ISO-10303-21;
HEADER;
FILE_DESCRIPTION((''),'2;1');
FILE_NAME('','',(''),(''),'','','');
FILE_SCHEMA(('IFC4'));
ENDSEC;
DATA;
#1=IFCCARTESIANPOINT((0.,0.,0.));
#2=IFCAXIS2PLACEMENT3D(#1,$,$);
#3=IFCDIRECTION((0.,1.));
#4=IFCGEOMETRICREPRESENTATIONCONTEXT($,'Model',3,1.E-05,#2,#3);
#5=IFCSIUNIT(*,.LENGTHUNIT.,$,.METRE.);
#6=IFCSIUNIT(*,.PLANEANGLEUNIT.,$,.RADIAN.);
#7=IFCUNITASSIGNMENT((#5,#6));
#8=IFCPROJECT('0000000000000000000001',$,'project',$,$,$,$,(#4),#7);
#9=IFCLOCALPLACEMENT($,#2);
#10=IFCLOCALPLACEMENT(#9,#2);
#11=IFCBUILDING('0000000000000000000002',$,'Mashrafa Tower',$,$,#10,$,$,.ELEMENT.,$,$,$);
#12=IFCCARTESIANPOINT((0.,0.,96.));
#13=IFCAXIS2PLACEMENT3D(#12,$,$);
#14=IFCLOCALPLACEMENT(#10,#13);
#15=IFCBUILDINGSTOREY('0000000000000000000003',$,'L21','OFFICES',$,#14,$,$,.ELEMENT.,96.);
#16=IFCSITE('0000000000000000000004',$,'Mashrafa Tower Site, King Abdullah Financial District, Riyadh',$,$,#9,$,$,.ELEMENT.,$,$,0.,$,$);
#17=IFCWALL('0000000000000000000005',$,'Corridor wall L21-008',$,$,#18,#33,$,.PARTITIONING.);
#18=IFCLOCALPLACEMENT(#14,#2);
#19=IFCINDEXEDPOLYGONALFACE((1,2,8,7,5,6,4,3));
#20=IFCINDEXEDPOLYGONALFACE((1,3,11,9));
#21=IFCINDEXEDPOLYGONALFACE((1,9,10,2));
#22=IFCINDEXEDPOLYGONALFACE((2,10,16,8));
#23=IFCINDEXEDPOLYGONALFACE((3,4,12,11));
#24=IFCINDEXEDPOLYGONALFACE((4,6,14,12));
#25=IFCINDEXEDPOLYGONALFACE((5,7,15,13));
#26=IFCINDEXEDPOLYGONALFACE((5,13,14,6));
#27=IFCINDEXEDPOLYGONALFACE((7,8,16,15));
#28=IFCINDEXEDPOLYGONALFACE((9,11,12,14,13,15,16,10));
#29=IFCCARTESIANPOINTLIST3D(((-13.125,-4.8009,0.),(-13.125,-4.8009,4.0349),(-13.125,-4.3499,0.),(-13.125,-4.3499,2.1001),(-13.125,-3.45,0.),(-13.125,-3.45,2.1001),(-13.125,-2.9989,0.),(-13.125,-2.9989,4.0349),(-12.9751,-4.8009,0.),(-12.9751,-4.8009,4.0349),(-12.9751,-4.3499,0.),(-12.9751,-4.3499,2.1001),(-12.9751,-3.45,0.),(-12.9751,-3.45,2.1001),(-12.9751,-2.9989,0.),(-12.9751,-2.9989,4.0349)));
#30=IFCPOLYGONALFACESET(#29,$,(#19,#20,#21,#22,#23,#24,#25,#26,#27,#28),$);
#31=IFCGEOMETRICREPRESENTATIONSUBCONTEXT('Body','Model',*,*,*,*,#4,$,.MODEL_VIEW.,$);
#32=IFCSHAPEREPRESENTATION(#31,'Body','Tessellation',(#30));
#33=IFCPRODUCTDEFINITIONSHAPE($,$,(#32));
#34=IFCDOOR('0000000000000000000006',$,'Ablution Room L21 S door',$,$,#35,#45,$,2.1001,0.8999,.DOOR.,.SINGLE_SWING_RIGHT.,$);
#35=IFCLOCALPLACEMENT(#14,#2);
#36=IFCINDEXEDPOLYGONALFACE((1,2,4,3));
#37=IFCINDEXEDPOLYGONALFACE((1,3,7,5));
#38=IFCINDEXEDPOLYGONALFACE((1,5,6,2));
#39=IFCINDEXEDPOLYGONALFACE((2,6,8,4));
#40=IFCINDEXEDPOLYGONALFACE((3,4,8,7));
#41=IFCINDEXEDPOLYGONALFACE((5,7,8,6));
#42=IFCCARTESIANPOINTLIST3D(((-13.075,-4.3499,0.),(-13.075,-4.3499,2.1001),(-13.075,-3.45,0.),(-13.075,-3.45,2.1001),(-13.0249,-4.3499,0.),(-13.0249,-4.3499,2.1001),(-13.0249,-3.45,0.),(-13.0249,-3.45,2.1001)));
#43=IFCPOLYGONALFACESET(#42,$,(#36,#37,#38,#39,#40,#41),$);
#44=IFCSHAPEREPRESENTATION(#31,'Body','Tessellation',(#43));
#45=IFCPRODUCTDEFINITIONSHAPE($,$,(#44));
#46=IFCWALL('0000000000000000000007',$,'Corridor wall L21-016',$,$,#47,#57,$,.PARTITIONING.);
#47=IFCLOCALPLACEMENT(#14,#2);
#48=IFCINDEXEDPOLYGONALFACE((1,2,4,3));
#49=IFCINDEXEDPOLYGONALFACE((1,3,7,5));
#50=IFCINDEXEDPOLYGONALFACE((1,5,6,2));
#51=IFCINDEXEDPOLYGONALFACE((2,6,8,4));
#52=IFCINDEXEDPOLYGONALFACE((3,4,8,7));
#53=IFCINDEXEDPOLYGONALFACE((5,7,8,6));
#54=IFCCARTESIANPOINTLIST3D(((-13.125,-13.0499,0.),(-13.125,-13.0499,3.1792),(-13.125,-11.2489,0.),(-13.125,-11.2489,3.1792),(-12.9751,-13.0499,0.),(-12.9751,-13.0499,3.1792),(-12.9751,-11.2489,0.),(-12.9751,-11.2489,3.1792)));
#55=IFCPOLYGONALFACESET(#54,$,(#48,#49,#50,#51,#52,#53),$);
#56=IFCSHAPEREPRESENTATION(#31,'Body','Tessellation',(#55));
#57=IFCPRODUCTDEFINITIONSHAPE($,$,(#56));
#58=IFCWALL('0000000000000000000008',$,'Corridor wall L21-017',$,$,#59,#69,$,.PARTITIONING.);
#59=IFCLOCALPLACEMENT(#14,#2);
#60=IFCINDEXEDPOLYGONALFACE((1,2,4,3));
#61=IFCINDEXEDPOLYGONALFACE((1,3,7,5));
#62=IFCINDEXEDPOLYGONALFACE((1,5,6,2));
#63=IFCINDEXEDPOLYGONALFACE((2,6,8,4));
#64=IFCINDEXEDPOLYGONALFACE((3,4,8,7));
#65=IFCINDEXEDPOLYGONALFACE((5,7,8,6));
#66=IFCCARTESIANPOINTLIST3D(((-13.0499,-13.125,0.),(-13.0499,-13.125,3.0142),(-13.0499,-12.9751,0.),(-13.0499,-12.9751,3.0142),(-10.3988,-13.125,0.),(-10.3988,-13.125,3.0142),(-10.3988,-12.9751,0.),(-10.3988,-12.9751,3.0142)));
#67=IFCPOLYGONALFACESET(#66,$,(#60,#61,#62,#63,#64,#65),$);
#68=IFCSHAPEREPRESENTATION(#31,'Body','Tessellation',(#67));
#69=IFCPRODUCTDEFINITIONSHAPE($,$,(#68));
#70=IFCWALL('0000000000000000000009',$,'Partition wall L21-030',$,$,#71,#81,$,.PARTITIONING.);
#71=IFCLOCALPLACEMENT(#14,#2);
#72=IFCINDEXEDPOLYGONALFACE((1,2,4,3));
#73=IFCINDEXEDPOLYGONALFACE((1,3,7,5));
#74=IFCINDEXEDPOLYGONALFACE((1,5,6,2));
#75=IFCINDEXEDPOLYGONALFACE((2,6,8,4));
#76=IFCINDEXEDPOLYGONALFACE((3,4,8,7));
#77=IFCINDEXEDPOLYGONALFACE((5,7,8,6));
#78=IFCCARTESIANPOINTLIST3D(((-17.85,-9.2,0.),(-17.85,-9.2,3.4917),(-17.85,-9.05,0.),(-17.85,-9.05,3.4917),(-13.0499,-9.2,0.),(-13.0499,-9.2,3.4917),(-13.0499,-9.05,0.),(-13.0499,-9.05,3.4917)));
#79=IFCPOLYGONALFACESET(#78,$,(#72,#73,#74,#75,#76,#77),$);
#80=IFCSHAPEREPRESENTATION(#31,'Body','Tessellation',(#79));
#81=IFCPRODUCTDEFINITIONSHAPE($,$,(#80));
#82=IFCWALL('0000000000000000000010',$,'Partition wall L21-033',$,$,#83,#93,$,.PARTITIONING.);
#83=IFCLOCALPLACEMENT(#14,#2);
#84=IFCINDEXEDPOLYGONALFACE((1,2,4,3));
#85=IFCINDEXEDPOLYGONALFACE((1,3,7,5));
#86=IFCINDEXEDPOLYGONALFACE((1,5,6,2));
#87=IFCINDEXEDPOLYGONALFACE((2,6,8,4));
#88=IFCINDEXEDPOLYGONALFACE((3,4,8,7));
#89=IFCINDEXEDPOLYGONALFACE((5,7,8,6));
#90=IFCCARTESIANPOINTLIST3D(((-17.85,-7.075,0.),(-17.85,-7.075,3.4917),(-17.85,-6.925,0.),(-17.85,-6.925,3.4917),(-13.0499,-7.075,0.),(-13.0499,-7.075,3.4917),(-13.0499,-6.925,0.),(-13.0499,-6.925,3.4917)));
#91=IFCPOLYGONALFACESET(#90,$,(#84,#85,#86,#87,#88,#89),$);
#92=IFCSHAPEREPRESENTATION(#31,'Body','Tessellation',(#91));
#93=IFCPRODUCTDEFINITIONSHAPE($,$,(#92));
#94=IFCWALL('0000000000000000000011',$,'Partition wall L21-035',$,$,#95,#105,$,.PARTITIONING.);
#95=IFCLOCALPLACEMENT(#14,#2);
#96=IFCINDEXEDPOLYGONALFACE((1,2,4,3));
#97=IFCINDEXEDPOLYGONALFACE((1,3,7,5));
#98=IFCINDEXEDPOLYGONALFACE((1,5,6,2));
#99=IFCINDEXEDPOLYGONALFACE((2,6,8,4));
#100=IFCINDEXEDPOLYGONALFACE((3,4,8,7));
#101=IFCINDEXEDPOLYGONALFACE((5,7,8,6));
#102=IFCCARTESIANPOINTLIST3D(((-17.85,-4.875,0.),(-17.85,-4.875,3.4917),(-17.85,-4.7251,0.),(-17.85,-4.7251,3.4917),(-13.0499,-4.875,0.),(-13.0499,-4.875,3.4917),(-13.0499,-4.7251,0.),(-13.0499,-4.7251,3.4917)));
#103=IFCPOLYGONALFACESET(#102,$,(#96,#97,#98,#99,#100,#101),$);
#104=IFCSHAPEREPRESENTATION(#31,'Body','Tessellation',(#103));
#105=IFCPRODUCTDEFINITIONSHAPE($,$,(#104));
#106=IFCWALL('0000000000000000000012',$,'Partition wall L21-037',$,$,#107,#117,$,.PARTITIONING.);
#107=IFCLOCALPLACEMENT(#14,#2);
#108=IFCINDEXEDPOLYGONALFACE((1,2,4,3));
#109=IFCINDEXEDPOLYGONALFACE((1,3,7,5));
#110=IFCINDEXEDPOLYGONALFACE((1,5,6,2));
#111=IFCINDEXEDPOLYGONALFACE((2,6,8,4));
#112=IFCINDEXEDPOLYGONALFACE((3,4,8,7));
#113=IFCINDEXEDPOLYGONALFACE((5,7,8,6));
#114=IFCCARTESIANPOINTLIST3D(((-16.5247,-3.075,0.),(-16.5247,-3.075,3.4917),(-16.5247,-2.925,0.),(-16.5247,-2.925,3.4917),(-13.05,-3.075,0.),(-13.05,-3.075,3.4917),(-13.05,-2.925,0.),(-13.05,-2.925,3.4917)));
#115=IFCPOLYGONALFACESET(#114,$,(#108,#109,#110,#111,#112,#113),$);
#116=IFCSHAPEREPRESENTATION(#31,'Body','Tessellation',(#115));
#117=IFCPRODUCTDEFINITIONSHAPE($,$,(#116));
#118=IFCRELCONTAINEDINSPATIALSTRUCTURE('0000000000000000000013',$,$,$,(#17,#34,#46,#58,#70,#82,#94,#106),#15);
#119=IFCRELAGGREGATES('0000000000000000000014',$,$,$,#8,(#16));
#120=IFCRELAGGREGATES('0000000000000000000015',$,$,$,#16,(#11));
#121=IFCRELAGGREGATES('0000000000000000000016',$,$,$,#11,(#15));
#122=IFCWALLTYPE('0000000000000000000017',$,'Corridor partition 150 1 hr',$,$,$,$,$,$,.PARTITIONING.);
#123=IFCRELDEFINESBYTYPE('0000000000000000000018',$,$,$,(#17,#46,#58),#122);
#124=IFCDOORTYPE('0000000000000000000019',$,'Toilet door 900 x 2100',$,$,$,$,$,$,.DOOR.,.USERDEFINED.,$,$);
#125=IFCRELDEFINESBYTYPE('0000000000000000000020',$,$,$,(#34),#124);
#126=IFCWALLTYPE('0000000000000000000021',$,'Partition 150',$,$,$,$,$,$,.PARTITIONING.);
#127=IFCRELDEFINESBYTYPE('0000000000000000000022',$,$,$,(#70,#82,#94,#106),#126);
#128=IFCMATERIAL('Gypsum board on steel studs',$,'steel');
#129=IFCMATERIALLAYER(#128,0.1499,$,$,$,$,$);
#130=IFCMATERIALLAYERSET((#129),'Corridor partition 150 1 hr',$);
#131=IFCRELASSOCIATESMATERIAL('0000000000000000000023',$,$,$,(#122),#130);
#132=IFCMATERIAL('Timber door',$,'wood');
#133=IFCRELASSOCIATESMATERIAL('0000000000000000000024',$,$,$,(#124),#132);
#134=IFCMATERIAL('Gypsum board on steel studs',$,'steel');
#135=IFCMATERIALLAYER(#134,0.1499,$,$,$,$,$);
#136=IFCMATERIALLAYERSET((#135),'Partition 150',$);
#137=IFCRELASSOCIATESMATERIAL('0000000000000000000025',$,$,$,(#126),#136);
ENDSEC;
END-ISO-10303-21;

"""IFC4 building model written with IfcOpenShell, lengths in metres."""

from ifc_helpers import new_model, si_unit, direction, frame, frame_2d, origin, place, context, subcontext, project, spatial, rectangle, extrude, material, layer, layer_set, type_object, element, fill, save


model = new_model("IFC4")

# Units and contexts
model_context = context("Model", 3, precision=1e-05, world=origin(), true_north=direction((0.0, 1.0)))
body_context = subcontext(model_context, "Body", "Model", "MODEL_VIEW")
ifc_project = project(units=[si_unit("LENGTHUNIT", "METRE"), si_unit("PLANEANGLEUNIT", "RADIAN")], contexts=[model_context])

# Site, building, storey
site_placement = place(None, origin())
site = spatial("IfcSite", under=ifc_project, at=site_placement, Name="Mashrafa Tower Site, King Abdullah Financial District, Riyadh", CompositionType="ELEMENT", RefElevation=0.0)
building_placement = place(site_placement, origin())
building = spatial("IfcBuilding", under=site, at=building_placement, Name="Mashrafa Tower", CompositionType="ELEMENT")
storey_placement = place(building_placement, frame((0.0, 0.0, 96.0)))
storey = spatial("IfcBuildingStorey", under=building, at=storey_placement, Name="L21", Description="OFFICES", CompositionType="ELEMENT", Elevation=96.0)

# Wall, opening, door
ifc_material_1 = material(Name="Gypsum board on steel studs", Category="steel")
ifc_layer_1 = layer(ifc_material_1, 0.1499)
ifc_layer_set_1 = layer_set([ifc_layer_1], Name="Corridor partition 150 1 hr")
wall_type_1 = type_object("IfcWallType", Name="Corridor partition 150 1 hr", PredefinedType="PARTITIONING", material=ifc_layer_set_1)
ifc_material_2 = material(Name="Timber door", Category="wood")
door_type_1 = type_object("IfcDoorType", Name="Toilet door 900 x 2100", OperationType="USERDEFINED", PredefinedType="DOOR", material=ifc_material_2)
wall_1_placement = place(storey_placement, frame((-13.05, -2.999, 0.0), z_axis=(0.0, 0.0, 1.0), x_axis=(0.0, -1.0, 0.0)))
wall_1 = element("IfcWall", 1, at=wall_1_placement, inside=storey, type_object=wall_type_1, Name="Corridor wall L21-008", PredefinedType="PARTITIONING", context=body_context, shape_type="SweptSolid", body=[
    extrude(rectangle(XDim=1.802, YDim=0.1499, at=frame_2d((0.9009, 0.0))), origin(), (0.0, 0.0, 1.0), 4.0349),
])
opening_1_placement = place(wall_1_placement, frame((0.4509, 0.0, 0.0)))
opening_1 = element("IfcOpeningElement", 2, at=opening_1_placement, cuts=wall_1, PredefinedType="OPENING", context=body_context, shape_type="SweptSolid", body=[
    extrude(rectangle(XDim=0.8999, YDim=2.1001, at=frame_2d((0.45, 1.05))), frame((0.0, 0.085, 0.0), z_axis=(0.0, -1.0, 0.0), x_axis=(1.0, 0.0, 0.0)), (0.0, 0.0, 1.0), 0.1699),
])
door_1_placement = place(opening_1_placement, frame((0.8999, 0.0, 0.0), z_axis=(0.0, 0.0, 1.0), x_axis=(-1.0, 0.0, 0.0)))
door_1 = element("IfcDoor", 3, at=door_1_placement, inside=storey, type_object=door_type_1, Name="Ablution Room L21 S door", OperationType="SINGLE_SWING_RIGHT", OverallHeight=2.1001, OverallWidth=0.8999, PredefinedType="DOOR", context=body_context, shape_type="SweptSolid", body=[
    extrude(rectangle(XDim=0.8999, YDim=2.1001, at=frame_2d((0.45, 1.05))), frame((0.0, 0.0249, 0.0), z_axis=(0.0, -1.0, 0.0), x_axis=(1.0, 0.0, 0.0)), (0.0, 0.0, 1.0), 0.05),
])
fill(opening_1, door_1)

# Walls
wall_2_placement = place(storey_placement, frame((-13.05, -11.249, 0.0), z_axis=(0.0, 0.0, 1.0), x_axis=(0.0, -1.0, 0.0)))
element("IfcWall", 4, at=wall_2_placement, inside=storey, type_object=wall_type_1, Name="Corridor wall L21-016", PredefinedType="PARTITIONING", context=body_context, shape_type="SweptSolid", body=[
    extrude(rectangle(XDim=1.801, YDim=0.1499, at=frame_2d((0.9004, 0.0))), origin(), (0.0, 0.0, 1.0), 3.1792),
])
wall_3_placement = place(storey_placement, frame((-13.05, -13.05, 0.0), z_axis=(0.0, 0.0, 1.0), x_axis=(1.0, 0.0, 0.0)))
element("IfcWall", 5, at=wall_3_placement, inside=storey, type_object=wall_type_1, Name="Corridor wall L21-017", PredefinedType="PARTITIONING", context=body_context, shape_type="SweptSolid", body=[
    extrude(rectangle(XDim=2.6511, YDim=0.1499, at=frame_2d((1.3257, 0.0))), origin(), (0.0, 0.0, 1.0), 3.0142),
])
ifc_material_3 = material(Name="Gypsum board on steel studs", Category="steel")
ifc_layer_2 = layer(ifc_material_3, 0.1499)
ifc_layer_set_2 = layer_set([ifc_layer_2], Name="Partition 150")
wall_type_2 = type_object("IfcWallType", Name="Partition 150", PredefinedType="PARTITIONING", material=ifc_layer_set_2)
for number, where, z_axis, x_axis, name in (
    (6, (-13.05, -9.125, 0.0), (0.0, 0.0, 1.0), (-1.0, 0.0, 0.0), "Partition wall L21-030"),
    (7, (-13.05, -7.0, 0.0), (0.0, 0.0, 1.0), (-1.0, 0.0, 0.0), "Partition wall L21-033"),
    (8, (-13.05, -4.8, 0.0), (0.0, 0.0, 1.0), (-1.0, 0.0, 0.0), "Partition wall L21-035"),
):
    element("IfcWall", number, at=place(storey_placement, frame(where, z_axis=z_axis, x_axis=x_axis)), inside=storey, type_object=wall_type_2, Name=name, PredefinedType="PARTITIONING", context=body_context, shape_type="SweptSolid", body=[
        extrude(rectangle(XDim=4.8, YDim=0.1499, at=frame_2d((2.3999, 0.0))), origin(), (0.0, 0.0, 1.0), 3.4917),
    ])
wall_4_placement = place(storey_placement, frame((-13.05, -3.0, 0.0), z_axis=(0.0, 0.0, 1.0), x_axis=(-1.0, 0.0, 0.0)))
element("IfcWall", 9, at=wall_4_placement, inside=storey, type_object=wall_type_2, Name="Partition wall L21-037", PredefinedType="PARTITIONING", context=body_context, shape_type="SweptSolid", body=[
    extrude(rectangle(XDim=3.4746, YDim=0.1499, at=frame_2d((1.7373, 0.0))), origin(), (0.0, 0.0, 1.0), 3.4917),
])

save(model, "model.ifc")
